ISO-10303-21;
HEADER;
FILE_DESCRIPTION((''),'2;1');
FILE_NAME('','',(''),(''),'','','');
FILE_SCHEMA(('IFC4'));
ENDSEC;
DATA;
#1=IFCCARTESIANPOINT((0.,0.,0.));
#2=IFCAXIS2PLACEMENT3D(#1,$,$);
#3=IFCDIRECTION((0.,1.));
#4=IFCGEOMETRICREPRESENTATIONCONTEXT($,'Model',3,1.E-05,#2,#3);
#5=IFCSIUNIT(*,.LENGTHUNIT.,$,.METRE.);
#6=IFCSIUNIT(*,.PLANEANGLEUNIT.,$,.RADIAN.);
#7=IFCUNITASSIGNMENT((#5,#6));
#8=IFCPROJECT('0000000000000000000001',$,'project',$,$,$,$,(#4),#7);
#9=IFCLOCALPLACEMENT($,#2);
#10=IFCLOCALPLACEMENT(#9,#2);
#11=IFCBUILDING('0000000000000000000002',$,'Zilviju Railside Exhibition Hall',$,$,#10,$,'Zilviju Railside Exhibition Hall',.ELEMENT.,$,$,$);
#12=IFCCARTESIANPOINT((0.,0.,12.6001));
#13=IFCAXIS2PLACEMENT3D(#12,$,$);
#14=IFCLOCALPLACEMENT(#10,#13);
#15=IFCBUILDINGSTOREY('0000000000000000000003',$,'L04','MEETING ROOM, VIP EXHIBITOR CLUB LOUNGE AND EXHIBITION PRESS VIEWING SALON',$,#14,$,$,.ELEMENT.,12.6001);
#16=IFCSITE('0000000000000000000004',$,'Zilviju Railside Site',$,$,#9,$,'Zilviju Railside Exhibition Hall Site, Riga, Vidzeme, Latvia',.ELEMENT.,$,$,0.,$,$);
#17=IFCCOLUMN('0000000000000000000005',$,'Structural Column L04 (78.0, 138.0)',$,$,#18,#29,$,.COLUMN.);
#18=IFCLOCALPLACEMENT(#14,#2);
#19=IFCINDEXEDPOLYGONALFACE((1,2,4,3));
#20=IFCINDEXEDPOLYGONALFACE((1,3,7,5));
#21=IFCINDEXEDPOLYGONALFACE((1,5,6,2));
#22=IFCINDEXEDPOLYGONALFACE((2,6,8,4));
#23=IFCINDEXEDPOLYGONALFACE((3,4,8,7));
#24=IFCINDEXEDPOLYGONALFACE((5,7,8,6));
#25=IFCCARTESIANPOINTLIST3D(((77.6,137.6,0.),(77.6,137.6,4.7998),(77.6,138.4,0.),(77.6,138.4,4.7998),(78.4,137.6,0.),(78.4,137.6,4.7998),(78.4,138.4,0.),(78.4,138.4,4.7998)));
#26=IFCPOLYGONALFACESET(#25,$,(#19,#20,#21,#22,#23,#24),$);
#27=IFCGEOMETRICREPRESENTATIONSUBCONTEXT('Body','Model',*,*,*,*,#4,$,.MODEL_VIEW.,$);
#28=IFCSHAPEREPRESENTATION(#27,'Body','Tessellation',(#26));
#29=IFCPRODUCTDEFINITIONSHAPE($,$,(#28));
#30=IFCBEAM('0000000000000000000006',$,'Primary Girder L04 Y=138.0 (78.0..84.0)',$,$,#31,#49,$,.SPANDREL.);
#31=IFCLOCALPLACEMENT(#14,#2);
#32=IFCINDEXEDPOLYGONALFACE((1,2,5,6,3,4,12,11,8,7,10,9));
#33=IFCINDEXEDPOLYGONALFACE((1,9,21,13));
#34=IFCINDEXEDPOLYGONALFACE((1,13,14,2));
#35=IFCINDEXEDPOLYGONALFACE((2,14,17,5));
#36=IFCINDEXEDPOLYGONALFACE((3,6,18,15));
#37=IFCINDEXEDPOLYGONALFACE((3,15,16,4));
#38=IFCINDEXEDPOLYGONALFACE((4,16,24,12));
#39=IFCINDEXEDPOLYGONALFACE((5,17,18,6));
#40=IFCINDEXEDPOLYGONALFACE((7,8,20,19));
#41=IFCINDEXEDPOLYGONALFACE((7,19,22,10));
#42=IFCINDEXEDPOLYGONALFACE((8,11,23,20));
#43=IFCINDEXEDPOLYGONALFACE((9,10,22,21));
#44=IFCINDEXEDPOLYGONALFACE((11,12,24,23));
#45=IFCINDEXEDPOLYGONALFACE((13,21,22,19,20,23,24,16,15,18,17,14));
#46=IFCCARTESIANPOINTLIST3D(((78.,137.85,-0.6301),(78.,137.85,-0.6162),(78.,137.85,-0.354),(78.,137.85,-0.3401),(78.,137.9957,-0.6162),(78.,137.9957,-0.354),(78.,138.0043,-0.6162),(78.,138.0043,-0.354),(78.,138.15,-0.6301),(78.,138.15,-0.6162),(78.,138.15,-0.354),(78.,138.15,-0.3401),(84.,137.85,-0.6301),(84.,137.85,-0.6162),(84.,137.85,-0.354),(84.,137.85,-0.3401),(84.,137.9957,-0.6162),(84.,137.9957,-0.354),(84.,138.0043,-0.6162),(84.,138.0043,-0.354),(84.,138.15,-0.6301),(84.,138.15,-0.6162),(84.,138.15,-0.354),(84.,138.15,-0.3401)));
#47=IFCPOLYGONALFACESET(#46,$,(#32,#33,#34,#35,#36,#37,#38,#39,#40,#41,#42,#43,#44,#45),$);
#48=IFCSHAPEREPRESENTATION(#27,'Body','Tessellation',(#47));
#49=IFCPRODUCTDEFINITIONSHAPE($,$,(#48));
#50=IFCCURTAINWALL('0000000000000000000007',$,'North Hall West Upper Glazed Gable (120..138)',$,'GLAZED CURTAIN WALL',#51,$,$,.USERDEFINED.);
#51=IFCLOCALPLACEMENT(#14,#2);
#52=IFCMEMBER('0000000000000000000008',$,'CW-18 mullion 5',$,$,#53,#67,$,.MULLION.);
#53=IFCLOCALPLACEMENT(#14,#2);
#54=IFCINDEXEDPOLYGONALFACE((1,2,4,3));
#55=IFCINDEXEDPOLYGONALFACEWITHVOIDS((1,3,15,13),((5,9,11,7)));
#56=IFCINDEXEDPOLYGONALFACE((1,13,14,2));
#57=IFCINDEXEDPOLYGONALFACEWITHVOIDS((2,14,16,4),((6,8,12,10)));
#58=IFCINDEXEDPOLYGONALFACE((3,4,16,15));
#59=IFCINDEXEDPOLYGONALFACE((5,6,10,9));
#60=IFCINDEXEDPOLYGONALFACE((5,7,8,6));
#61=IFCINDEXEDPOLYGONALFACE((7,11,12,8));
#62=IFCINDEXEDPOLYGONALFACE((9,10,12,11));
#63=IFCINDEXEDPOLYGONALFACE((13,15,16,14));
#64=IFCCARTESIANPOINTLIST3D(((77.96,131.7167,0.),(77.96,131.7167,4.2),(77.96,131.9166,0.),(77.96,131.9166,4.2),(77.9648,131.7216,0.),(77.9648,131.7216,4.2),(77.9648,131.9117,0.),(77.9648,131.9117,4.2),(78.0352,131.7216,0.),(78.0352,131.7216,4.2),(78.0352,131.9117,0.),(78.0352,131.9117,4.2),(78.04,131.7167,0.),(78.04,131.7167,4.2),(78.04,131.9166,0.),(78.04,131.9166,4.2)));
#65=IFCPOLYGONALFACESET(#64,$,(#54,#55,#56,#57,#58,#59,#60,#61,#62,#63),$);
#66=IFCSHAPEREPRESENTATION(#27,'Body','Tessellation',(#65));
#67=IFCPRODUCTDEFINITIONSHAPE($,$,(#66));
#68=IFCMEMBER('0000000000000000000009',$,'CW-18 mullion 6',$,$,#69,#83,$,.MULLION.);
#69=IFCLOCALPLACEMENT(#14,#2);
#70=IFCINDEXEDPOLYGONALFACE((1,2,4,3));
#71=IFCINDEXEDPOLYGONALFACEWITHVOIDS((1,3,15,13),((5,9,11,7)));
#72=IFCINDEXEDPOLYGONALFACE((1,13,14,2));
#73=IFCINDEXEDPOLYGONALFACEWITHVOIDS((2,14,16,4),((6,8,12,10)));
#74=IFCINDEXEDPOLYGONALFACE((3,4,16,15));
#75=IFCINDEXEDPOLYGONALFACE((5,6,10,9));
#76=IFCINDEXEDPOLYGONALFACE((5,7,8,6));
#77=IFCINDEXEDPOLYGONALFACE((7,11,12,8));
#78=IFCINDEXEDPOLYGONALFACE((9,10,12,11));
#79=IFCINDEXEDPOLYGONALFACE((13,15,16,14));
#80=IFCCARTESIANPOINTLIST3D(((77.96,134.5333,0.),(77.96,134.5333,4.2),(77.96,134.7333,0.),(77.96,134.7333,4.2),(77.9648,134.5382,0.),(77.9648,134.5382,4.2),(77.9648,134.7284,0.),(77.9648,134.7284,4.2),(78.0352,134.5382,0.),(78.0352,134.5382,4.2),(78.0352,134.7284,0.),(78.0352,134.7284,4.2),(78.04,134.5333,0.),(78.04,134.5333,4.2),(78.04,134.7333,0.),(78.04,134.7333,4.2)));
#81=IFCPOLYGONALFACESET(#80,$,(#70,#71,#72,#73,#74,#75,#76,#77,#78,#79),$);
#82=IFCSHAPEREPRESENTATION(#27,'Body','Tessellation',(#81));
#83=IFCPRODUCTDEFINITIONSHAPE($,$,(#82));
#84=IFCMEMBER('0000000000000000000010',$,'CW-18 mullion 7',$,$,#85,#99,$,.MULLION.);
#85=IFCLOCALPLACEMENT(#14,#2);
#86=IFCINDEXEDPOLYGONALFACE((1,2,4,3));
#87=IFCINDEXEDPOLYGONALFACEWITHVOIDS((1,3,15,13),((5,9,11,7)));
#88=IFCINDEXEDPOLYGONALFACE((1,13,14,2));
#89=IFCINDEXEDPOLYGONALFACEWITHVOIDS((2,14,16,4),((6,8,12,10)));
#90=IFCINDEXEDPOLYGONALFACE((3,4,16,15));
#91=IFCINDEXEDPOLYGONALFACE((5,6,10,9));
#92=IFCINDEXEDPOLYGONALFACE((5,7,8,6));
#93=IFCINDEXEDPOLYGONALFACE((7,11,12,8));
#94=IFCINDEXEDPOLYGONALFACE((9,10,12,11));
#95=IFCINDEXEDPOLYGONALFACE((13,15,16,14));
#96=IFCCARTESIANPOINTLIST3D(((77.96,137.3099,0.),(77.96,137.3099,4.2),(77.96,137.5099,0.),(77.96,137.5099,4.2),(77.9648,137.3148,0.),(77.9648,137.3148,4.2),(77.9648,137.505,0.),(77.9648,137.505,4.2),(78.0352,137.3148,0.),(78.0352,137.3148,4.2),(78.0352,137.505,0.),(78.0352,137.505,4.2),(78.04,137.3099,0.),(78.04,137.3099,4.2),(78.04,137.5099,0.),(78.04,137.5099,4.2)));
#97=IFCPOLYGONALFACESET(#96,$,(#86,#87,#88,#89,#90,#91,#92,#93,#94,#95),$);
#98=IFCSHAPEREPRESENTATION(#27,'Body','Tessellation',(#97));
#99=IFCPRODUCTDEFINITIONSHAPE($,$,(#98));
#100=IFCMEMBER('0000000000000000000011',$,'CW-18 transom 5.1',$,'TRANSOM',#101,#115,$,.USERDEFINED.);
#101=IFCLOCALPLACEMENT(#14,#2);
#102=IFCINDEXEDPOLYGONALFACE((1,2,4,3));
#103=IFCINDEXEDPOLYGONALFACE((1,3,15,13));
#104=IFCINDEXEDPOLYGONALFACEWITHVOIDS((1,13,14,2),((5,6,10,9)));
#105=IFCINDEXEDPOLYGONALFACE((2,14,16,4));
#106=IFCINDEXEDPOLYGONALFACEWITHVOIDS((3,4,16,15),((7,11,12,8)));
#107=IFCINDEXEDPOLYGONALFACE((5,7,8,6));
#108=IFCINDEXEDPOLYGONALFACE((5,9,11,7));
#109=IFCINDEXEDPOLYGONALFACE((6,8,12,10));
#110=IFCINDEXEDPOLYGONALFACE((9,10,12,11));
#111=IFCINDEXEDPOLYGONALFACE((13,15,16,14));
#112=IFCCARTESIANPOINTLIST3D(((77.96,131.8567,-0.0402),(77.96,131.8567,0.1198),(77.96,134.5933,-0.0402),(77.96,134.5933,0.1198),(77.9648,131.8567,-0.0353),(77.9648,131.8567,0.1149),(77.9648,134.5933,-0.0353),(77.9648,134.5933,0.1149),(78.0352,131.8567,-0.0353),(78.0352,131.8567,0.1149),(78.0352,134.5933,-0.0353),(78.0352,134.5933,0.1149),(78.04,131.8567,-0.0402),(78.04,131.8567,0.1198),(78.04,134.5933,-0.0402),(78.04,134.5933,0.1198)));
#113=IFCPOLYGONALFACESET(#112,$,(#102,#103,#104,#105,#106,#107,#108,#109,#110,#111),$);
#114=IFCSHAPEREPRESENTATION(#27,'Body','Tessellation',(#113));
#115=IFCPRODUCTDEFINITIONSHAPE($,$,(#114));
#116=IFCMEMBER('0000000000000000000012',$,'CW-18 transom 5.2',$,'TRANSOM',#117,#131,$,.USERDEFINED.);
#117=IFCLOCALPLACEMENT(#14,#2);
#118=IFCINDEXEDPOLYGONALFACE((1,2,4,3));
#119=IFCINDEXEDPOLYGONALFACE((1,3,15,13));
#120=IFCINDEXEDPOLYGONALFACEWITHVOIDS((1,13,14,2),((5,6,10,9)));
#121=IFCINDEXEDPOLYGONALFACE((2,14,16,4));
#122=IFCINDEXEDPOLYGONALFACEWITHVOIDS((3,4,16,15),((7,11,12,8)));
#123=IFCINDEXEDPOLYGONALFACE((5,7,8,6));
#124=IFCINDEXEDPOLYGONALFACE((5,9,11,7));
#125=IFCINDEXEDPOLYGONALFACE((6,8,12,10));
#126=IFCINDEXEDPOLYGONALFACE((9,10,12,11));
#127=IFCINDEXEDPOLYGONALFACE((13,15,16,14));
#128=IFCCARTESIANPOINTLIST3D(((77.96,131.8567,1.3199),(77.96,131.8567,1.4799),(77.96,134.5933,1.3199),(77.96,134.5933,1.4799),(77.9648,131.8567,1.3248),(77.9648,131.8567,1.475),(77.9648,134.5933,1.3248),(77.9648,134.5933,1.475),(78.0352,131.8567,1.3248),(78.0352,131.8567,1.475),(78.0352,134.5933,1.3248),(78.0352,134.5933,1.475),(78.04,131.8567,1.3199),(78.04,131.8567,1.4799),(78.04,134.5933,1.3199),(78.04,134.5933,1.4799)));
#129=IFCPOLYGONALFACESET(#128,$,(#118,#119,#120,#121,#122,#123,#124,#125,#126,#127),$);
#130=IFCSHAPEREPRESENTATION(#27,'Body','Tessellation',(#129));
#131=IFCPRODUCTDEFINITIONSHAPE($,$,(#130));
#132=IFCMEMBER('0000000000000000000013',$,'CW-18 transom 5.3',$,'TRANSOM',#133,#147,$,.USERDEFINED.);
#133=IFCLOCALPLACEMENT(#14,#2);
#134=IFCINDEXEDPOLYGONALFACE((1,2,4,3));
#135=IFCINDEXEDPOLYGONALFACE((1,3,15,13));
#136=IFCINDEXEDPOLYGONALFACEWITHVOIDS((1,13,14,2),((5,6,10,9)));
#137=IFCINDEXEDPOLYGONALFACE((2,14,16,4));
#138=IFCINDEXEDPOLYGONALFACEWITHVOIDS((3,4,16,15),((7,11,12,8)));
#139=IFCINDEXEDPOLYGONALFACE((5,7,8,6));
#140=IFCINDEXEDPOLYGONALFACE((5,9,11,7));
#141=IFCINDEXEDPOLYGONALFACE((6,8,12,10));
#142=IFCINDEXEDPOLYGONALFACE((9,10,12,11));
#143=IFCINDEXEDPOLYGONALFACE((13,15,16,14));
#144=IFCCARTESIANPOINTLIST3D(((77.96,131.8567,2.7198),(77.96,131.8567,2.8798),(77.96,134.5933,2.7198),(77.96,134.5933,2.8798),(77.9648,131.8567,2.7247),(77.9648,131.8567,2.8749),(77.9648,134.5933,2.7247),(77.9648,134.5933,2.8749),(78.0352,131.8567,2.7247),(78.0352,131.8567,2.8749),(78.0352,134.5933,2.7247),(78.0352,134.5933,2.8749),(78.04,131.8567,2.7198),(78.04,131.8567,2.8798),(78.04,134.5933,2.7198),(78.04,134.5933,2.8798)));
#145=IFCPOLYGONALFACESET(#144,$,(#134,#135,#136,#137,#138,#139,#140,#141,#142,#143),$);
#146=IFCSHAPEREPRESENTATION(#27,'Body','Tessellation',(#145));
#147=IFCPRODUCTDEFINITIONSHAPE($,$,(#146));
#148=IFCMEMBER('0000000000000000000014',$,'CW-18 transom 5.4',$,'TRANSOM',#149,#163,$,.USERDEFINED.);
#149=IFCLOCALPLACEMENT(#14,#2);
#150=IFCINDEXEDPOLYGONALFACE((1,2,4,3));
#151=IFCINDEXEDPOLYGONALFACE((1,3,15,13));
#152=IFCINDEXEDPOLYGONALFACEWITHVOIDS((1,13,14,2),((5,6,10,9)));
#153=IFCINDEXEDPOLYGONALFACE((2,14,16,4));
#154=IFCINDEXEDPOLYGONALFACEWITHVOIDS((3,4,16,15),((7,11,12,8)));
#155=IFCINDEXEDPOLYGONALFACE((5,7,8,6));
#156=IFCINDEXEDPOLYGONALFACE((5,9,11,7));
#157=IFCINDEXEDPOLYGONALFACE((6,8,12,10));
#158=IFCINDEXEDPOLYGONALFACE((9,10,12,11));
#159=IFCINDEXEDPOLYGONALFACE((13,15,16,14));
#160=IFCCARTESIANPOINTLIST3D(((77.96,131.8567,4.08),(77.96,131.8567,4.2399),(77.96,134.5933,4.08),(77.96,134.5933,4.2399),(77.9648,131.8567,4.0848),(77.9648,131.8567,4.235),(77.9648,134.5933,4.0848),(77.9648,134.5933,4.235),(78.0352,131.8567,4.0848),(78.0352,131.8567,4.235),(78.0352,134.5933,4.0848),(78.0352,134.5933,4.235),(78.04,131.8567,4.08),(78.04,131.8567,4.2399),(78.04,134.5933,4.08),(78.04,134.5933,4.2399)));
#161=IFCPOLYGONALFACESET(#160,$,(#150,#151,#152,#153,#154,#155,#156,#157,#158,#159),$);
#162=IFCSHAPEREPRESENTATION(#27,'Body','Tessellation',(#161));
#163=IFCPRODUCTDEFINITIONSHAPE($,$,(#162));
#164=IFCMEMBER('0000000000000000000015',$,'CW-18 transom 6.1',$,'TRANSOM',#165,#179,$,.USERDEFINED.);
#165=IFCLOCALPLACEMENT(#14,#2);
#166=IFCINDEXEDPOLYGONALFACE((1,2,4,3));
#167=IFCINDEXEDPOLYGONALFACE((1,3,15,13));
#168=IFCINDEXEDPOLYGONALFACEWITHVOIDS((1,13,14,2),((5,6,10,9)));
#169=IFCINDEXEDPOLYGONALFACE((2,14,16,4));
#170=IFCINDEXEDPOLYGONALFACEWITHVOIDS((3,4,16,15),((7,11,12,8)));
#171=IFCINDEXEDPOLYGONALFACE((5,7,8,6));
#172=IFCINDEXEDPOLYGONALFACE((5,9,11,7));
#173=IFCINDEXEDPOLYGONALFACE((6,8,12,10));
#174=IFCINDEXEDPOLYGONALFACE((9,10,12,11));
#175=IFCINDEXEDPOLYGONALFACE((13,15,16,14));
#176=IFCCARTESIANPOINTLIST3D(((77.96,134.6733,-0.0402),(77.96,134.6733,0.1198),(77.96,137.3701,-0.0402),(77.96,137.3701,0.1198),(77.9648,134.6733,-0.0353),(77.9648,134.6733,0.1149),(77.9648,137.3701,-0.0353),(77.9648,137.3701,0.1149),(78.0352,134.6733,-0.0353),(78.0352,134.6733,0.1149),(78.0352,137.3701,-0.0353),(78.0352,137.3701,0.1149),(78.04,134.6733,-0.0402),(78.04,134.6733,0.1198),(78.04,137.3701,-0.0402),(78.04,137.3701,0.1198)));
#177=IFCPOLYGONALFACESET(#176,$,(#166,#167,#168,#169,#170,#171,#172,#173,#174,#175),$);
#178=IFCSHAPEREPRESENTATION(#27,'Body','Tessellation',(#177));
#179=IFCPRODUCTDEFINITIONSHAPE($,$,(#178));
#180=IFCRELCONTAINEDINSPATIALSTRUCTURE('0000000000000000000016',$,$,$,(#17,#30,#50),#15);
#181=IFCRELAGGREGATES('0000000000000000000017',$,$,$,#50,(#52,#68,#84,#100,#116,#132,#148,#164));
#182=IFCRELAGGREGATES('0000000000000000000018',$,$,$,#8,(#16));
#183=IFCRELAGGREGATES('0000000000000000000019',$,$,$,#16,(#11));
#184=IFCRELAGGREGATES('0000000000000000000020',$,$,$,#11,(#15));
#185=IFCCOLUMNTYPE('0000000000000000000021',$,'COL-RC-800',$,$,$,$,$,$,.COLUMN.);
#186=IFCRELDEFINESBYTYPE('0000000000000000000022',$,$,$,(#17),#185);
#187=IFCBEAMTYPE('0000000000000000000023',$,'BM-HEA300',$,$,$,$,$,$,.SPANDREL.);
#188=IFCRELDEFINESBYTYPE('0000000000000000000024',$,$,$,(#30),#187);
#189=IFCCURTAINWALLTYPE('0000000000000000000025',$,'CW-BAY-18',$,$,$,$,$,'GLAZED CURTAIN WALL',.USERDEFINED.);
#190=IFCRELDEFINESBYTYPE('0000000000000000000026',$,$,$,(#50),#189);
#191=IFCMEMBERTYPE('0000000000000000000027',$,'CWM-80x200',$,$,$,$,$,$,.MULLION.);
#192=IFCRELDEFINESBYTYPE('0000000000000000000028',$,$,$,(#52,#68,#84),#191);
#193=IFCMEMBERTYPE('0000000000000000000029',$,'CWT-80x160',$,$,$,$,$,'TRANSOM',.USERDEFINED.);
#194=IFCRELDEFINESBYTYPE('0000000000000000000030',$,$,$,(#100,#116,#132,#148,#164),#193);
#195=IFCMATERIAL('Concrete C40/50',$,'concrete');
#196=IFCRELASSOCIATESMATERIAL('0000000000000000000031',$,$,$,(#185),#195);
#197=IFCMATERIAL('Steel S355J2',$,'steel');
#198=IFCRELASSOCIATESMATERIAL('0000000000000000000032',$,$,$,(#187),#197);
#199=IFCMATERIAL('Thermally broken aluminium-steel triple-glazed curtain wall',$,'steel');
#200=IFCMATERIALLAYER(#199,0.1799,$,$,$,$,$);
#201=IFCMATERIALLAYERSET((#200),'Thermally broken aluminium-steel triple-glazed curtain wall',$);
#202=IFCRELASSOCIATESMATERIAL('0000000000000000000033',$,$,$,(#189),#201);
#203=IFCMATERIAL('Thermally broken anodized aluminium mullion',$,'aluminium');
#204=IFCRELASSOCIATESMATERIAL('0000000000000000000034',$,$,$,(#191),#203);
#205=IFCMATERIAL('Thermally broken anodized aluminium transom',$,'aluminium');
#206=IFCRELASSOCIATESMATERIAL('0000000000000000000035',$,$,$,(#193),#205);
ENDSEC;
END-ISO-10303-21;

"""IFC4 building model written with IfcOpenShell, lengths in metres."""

from ifc_helpers import new_model, si_unit, direction, frame, origin, origin_2d, place, context, subcontext, project, spatial, rectangle, hollow_rectangle, i_section, extrude, material, layer, layer_set, material_profile, profile_set, type_object, element, aggregate, save


model = new_model("IFC4")

# Units and contexts
model_context = context("Model", 3, precision=1e-05, world=origin(), true_north=direction((0.0, 1.0)))
body_context = subcontext(model_context, "Body", "Model", "MODEL_VIEW")
ifc_project = project(units=[si_unit("LENGTHUNIT", "METRE"), si_unit("PLANEANGLEUNIT", "RADIAN")], contexts=[model_context])

# Site, building, storey
site_placement = place(None, origin())
site = spatial("IfcSite", under=ifc_project, at=site_placement, Name="Zilviju Railside Site", LongName="Zilviju Railside Exhibition Hall Site, Riga, Vidzeme, Latvia", CompositionType="ELEMENT", RefElevation=0.0)
building_placement = place(site_placement, origin())
building = spatial("IfcBuilding", under=site, at=building_placement, Name="Zilviju Railside Exhibition Hall", LongName="Zilviju Railside Exhibition Hall", CompositionType="ELEMENT")
storey_placement = place(building_placement, frame((0.0, 0.0, 12.6001)))
storey = spatial("IfcBuildingStorey", under=building, at=storey_placement, Name="L04", Description="MEETING ROOM, VIP EXHIBITOR CLUB LOUNGE AND EXHIBITION PRESS VIEWING SALON", CompositionType="ELEMENT", Elevation=12.6001)

# Column
ifc_material_1 = material(Name="Concrete C40/50", Category="concrete")
ifc_material_profile_1 = material_profile(ifc_material_1, rectangle(XDim=0.8, YDim=0.8, at=origin_2d()), Name="RC COL 800x800")
ifc_profile_set_1 = profile_set([ifc_material_profile_1], Name="Concrete C40/50")
column_type = type_object("IfcColumnType", Name="COL-RC-800", PredefinedType="COLUMN", material=ifc_profile_set_1)
column_placement = place(storey_placement, frame((78.0, 138.0, 0.0), z_axis=(0.0, 0.0, 1.0), x_axis=(1.0, 0.0, 0.0)))
element("IfcColumn", 1, at=column_placement, inside=storey, type_object=column_type, Name="Structural Column L04 (78.0, 138.0)", PredefinedType="COLUMN", context=body_context, shape_type="SweptSolid", body=[
    extrude(rectangle(XDim=0.8, YDim=0.8, at=origin_2d()), origin(), (0.0, 0.0, 1.0), 4.7998),
])

# Beam
ifc_material_2 = material(Name="Steel S355J2", Category="steel")
ifc_material_profile_2 = material_profile(ifc_material_2, i_section(OverallWidth=0.3, OverallDepth=0.29, WebThickness=0.0085, FlangeThickness=0.0139, at=origin_2d()), Name="HEA 300")
ifc_profile_set_2 = profile_set([ifc_material_profile_2], Name="Steel S355J2")
beam_type = type_object("IfcBeamType", Name="BM-HEA300", PredefinedType="SPANDREL", material=ifc_profile_set_2)
beam_placement = place(storey_placement, frame((78.0, 138.0, -0.4851), z_axis=(1.0, 0.0, 0.0), x_axis=(0.0, 1.0, 0.0)))
element("IfcBeam", 2, at=beam_placement, inside=storey, type_object=beam_type, Name="Primary Girder L04 Y=138.0 (78.0..84.0)", PredefinedType="SPANDREL", context=body_context, shape_type="SweptSolid", body=[
    extrude(i_section(OverallWidth=0.3, OverallDepth=0.29, WebThickness=0.0085, FlangeThickness=0.0139, at=origin_2d()), origin(), (0.0, 0.0, 1.0), 6.0),
])

# Curtain wall, members
ifc_material_3 = material(Name="Thermally broken aluminium-steel triple-glazed curtain wall", Category="steel")
ifc_layer_1 = layer(ifc_material_3, 0.1799)
ifc_layer_set_1 = layer_set([ifc_layer_1], Name="Thermally broken aluminium-steel triple-glazed curtain wall")
curtain_wall_type = type_object("IfcCurtainWallType", Name="CW-BAY-18", ElementType="GLAZED CURTAIN WALL", PredefinedType="USERDEFINED", material=ifc_layer_set_1)
curtain_wall_placement = place(storey_placement, origin())
curtain_wall = element("IfcCurtainWall", 3, at=curtain_wall_placement, inside=storey, type_object=curtain_wall_type, Name="North Hall West Upper Glazed Gable (120..138)", ObjectType="GLAZED CURTAIN WALL", PredefinedType="USERDEFINED")
ifc_material_4 = material(Name="Thermally broken anodized aluminium mullion", Category="aluminium")
ifc_material_profile_3 = material_profile(ifc_material_4, hollow_rectangle(XDim=0.0801, YDim=0.2, WallThickness=0.0049, at=origin_2d()), Name="MULLION 200x80x5")
ifc_profile_set_3 = profile_set([ifc_material_profile_3], Name="Thermally broken anodized aluminium mullion")
member_type_1 = type_object("IfcMemberType", Name="CWM-80x200", PredefinedType="MULLION", material=ifc_profile_set_3)
member_1_placement = place(storey_placement, frame((78.0, 131.8167, 0.0), z_axis=(0.0, 0.0, 1.0), x_axis=(-1.0, 0.0, 0.0)))
member_1 = element("IfcMember", 4, at=member_1_placement, type_object=member_type_1, Name="CW-18 mullion 5", PredefinedType="MULLION", context=body_context, shape_type="SweptSolid", body=[
    extrude(hollow_rectangle(XDim=0.0801, YDim=0.2, WallThickness=0.0049, at=origin_2d()), origin(), (0.0, 0.0, 1.0), 4.2),
])
member_2_placement = place(storey_placement, frame((78.0, 134.6333, 0.0), z_axis=(0.0, 0.0, 1.0), x_axis=(-1.0, 0.0, 0.0)))
member_2 = element("IfcMember", 5, at=member_2_placement, type_object=member_type_1, Name="CW-18 mullion 6", PredefinedType="MULLION", context=body_context, shape_type="SweptSolid", body=[
    extrude(hollow_rectangle(XDim=0.0801, YDim=0.2, WallThickness=0.0049, at=origin_2d()), origin(), (0.0, 0.0, 1.0), 4.2),
])
member_3_placement = place(storey_placement, frame((78.0, 137.4099, 0.0), z_axis=(0.0, 0.0, 1.0), x_axis=(-1.0, 0.0, 0.0)))
member_3 = element("IfcMember", 6, at=member_3_placement, type_object=member_type_1, Name="CW-18 mullion 7", PredefinedType="MULLION", context=body_context, shape_type="SweptSolid", body=[
    extrude(hollow_rectangle(XDim=0.0801, YDim=0.2, WallThickness=0.0049, at=origin_2d()), origin(), (0.0, 0.0, 1.0), 4.2),
])
ifc_material_5 = material(Name="Thermally broken anodized aluminium transom", Category="aluminium")
ifc_material_profile_4 = material_profile(ifc_material_5, hollow_rectangle(XDim=0.0801, YDim=0.1599, WallThickness=0.0049, at=origin_2d()), Name="TRANSOM 160x80x5")
ifc_profile_set_4 = profile_set([ifc_material_profile_4], Name="Thermally broken anodized aluminium transom")
member_type_2 = type_object("IfcMemberType", Name="CWT-80x160", ElementType="TRANSOM", PredefinedType="USERDEFINED", material=ifc_profile_set_4)
member_4_placement = place(storey_placement, frame((78.0, 131.8567, 0.0398), z_axis=(0.0, 1.0, 0.0), x_axis=(-1.0, 0.0, 0.0)))
member_4 = element("IfcMember", 7, at=member_4_placement, type_object=member_type_2, Name="CW-18 transom 5.1", ObjectType="TRANSOM", PredefinedType="USERDEFINED", context=body_context, shape_type="SweptSolid", body=[
    extrude(hollow_rectangle(XDim=0.0801, YDim=0.1599, WallThickness=0.0049, at=origin_2d()), origin(), (0.0, 0.0, 1.0), 2.7366),
])
member_5_placement = place(storey_placement, frame((78.0, 131.8567, 1.3999), z_axis=(0.0, 1.0, 0.0), x_axis=(-1.0, 0.0, 0.0)))
member_5 = element("IfcMember", 8, at=member_5_placement, type_object=member_type_2, Name="CW-18 transom 5.2", ObjectType="TRANSOM", PredefinedType="USERDEFINED", context=body_context, shape_type="SweptSolid", body=[
    extrude(hollow_rectangle(XDim=0.0801, YDim=0.1599, WallThickness=0.0049, at=origin_2d()), origin(), (0.0, 0.0, 1.0), 2.7366),
])
member_6_placement = place(storey_placement, frame((78.0, 131.8567, 2.7998), z_axis=(0.0, 1.0, 0.0), x_axis=(-1.0, 0.0, 0.0)))
member_6 = element("IfcMember", 9, at=member_6_placement, type_object=member_type_2, Name="CW-18 transom 5.3", ObjectType="TRANSOM", PredefinedType="USERDEFINED", context=body_context, shape_type="SweptSolid", body=[
    extrude(hollow_rectangle(XDim=0.0801, YDim=0.1599, WallThickness=0.0049, at=origin_2d()), origin(), (0.0, 0.0, 1.0), 2.7366),
])
member_7_placement = place(storey_placement, frame((78.0, 131.8567, 4.1599), z_axis=(0.0, 1.0, 0.0), x_axis=(-1.0, 0.0, 0.0)))
member_7 = element("IfcMember", 10, at=member_7_placement, type_object=member_type_2, Name="CW-18 transom 5.4", ObjectType="TRANSOM", PredefinedType="USERDEFINED", context=body_context, shape_type="SweptSolid", body=[
    extrude(hollow_rectangle(XDim=0.0801, YDim=0.1599, WallThickness=0.0049, at=origin_2d()), origin(), (0.0, 0.0, 1.0), 2.7366),
])
member_8_placement = place(storey_placement, frame((78.0, 134.6733, 0.0398), z_axis=(0.0, 1.0, 0.0), x_axis=(-1.0, 0.0, 0.0)))
member_8 = element("IfcMember", 11, at=member_8_placement, type_object=member_type_2, Name="CW-18 transom 6.1", ObjectType="TRANSOM", PredefinedType="USERDEFINED", context=body_context, shape_type="SweptSolid", body=[
    extrude(hollow_rectangle(XDim=0.0801, YDim=0.1599, WallThickness=0.0049, at=origin_2d()), origin(), (0.0, 0.0, 1.0), 2.6968),
])
aggregate(curtain_wall, [member_1, member_2, member_3, member_4, member_5, member_6, member_7, member_8])

save(model, "model.ifc")
